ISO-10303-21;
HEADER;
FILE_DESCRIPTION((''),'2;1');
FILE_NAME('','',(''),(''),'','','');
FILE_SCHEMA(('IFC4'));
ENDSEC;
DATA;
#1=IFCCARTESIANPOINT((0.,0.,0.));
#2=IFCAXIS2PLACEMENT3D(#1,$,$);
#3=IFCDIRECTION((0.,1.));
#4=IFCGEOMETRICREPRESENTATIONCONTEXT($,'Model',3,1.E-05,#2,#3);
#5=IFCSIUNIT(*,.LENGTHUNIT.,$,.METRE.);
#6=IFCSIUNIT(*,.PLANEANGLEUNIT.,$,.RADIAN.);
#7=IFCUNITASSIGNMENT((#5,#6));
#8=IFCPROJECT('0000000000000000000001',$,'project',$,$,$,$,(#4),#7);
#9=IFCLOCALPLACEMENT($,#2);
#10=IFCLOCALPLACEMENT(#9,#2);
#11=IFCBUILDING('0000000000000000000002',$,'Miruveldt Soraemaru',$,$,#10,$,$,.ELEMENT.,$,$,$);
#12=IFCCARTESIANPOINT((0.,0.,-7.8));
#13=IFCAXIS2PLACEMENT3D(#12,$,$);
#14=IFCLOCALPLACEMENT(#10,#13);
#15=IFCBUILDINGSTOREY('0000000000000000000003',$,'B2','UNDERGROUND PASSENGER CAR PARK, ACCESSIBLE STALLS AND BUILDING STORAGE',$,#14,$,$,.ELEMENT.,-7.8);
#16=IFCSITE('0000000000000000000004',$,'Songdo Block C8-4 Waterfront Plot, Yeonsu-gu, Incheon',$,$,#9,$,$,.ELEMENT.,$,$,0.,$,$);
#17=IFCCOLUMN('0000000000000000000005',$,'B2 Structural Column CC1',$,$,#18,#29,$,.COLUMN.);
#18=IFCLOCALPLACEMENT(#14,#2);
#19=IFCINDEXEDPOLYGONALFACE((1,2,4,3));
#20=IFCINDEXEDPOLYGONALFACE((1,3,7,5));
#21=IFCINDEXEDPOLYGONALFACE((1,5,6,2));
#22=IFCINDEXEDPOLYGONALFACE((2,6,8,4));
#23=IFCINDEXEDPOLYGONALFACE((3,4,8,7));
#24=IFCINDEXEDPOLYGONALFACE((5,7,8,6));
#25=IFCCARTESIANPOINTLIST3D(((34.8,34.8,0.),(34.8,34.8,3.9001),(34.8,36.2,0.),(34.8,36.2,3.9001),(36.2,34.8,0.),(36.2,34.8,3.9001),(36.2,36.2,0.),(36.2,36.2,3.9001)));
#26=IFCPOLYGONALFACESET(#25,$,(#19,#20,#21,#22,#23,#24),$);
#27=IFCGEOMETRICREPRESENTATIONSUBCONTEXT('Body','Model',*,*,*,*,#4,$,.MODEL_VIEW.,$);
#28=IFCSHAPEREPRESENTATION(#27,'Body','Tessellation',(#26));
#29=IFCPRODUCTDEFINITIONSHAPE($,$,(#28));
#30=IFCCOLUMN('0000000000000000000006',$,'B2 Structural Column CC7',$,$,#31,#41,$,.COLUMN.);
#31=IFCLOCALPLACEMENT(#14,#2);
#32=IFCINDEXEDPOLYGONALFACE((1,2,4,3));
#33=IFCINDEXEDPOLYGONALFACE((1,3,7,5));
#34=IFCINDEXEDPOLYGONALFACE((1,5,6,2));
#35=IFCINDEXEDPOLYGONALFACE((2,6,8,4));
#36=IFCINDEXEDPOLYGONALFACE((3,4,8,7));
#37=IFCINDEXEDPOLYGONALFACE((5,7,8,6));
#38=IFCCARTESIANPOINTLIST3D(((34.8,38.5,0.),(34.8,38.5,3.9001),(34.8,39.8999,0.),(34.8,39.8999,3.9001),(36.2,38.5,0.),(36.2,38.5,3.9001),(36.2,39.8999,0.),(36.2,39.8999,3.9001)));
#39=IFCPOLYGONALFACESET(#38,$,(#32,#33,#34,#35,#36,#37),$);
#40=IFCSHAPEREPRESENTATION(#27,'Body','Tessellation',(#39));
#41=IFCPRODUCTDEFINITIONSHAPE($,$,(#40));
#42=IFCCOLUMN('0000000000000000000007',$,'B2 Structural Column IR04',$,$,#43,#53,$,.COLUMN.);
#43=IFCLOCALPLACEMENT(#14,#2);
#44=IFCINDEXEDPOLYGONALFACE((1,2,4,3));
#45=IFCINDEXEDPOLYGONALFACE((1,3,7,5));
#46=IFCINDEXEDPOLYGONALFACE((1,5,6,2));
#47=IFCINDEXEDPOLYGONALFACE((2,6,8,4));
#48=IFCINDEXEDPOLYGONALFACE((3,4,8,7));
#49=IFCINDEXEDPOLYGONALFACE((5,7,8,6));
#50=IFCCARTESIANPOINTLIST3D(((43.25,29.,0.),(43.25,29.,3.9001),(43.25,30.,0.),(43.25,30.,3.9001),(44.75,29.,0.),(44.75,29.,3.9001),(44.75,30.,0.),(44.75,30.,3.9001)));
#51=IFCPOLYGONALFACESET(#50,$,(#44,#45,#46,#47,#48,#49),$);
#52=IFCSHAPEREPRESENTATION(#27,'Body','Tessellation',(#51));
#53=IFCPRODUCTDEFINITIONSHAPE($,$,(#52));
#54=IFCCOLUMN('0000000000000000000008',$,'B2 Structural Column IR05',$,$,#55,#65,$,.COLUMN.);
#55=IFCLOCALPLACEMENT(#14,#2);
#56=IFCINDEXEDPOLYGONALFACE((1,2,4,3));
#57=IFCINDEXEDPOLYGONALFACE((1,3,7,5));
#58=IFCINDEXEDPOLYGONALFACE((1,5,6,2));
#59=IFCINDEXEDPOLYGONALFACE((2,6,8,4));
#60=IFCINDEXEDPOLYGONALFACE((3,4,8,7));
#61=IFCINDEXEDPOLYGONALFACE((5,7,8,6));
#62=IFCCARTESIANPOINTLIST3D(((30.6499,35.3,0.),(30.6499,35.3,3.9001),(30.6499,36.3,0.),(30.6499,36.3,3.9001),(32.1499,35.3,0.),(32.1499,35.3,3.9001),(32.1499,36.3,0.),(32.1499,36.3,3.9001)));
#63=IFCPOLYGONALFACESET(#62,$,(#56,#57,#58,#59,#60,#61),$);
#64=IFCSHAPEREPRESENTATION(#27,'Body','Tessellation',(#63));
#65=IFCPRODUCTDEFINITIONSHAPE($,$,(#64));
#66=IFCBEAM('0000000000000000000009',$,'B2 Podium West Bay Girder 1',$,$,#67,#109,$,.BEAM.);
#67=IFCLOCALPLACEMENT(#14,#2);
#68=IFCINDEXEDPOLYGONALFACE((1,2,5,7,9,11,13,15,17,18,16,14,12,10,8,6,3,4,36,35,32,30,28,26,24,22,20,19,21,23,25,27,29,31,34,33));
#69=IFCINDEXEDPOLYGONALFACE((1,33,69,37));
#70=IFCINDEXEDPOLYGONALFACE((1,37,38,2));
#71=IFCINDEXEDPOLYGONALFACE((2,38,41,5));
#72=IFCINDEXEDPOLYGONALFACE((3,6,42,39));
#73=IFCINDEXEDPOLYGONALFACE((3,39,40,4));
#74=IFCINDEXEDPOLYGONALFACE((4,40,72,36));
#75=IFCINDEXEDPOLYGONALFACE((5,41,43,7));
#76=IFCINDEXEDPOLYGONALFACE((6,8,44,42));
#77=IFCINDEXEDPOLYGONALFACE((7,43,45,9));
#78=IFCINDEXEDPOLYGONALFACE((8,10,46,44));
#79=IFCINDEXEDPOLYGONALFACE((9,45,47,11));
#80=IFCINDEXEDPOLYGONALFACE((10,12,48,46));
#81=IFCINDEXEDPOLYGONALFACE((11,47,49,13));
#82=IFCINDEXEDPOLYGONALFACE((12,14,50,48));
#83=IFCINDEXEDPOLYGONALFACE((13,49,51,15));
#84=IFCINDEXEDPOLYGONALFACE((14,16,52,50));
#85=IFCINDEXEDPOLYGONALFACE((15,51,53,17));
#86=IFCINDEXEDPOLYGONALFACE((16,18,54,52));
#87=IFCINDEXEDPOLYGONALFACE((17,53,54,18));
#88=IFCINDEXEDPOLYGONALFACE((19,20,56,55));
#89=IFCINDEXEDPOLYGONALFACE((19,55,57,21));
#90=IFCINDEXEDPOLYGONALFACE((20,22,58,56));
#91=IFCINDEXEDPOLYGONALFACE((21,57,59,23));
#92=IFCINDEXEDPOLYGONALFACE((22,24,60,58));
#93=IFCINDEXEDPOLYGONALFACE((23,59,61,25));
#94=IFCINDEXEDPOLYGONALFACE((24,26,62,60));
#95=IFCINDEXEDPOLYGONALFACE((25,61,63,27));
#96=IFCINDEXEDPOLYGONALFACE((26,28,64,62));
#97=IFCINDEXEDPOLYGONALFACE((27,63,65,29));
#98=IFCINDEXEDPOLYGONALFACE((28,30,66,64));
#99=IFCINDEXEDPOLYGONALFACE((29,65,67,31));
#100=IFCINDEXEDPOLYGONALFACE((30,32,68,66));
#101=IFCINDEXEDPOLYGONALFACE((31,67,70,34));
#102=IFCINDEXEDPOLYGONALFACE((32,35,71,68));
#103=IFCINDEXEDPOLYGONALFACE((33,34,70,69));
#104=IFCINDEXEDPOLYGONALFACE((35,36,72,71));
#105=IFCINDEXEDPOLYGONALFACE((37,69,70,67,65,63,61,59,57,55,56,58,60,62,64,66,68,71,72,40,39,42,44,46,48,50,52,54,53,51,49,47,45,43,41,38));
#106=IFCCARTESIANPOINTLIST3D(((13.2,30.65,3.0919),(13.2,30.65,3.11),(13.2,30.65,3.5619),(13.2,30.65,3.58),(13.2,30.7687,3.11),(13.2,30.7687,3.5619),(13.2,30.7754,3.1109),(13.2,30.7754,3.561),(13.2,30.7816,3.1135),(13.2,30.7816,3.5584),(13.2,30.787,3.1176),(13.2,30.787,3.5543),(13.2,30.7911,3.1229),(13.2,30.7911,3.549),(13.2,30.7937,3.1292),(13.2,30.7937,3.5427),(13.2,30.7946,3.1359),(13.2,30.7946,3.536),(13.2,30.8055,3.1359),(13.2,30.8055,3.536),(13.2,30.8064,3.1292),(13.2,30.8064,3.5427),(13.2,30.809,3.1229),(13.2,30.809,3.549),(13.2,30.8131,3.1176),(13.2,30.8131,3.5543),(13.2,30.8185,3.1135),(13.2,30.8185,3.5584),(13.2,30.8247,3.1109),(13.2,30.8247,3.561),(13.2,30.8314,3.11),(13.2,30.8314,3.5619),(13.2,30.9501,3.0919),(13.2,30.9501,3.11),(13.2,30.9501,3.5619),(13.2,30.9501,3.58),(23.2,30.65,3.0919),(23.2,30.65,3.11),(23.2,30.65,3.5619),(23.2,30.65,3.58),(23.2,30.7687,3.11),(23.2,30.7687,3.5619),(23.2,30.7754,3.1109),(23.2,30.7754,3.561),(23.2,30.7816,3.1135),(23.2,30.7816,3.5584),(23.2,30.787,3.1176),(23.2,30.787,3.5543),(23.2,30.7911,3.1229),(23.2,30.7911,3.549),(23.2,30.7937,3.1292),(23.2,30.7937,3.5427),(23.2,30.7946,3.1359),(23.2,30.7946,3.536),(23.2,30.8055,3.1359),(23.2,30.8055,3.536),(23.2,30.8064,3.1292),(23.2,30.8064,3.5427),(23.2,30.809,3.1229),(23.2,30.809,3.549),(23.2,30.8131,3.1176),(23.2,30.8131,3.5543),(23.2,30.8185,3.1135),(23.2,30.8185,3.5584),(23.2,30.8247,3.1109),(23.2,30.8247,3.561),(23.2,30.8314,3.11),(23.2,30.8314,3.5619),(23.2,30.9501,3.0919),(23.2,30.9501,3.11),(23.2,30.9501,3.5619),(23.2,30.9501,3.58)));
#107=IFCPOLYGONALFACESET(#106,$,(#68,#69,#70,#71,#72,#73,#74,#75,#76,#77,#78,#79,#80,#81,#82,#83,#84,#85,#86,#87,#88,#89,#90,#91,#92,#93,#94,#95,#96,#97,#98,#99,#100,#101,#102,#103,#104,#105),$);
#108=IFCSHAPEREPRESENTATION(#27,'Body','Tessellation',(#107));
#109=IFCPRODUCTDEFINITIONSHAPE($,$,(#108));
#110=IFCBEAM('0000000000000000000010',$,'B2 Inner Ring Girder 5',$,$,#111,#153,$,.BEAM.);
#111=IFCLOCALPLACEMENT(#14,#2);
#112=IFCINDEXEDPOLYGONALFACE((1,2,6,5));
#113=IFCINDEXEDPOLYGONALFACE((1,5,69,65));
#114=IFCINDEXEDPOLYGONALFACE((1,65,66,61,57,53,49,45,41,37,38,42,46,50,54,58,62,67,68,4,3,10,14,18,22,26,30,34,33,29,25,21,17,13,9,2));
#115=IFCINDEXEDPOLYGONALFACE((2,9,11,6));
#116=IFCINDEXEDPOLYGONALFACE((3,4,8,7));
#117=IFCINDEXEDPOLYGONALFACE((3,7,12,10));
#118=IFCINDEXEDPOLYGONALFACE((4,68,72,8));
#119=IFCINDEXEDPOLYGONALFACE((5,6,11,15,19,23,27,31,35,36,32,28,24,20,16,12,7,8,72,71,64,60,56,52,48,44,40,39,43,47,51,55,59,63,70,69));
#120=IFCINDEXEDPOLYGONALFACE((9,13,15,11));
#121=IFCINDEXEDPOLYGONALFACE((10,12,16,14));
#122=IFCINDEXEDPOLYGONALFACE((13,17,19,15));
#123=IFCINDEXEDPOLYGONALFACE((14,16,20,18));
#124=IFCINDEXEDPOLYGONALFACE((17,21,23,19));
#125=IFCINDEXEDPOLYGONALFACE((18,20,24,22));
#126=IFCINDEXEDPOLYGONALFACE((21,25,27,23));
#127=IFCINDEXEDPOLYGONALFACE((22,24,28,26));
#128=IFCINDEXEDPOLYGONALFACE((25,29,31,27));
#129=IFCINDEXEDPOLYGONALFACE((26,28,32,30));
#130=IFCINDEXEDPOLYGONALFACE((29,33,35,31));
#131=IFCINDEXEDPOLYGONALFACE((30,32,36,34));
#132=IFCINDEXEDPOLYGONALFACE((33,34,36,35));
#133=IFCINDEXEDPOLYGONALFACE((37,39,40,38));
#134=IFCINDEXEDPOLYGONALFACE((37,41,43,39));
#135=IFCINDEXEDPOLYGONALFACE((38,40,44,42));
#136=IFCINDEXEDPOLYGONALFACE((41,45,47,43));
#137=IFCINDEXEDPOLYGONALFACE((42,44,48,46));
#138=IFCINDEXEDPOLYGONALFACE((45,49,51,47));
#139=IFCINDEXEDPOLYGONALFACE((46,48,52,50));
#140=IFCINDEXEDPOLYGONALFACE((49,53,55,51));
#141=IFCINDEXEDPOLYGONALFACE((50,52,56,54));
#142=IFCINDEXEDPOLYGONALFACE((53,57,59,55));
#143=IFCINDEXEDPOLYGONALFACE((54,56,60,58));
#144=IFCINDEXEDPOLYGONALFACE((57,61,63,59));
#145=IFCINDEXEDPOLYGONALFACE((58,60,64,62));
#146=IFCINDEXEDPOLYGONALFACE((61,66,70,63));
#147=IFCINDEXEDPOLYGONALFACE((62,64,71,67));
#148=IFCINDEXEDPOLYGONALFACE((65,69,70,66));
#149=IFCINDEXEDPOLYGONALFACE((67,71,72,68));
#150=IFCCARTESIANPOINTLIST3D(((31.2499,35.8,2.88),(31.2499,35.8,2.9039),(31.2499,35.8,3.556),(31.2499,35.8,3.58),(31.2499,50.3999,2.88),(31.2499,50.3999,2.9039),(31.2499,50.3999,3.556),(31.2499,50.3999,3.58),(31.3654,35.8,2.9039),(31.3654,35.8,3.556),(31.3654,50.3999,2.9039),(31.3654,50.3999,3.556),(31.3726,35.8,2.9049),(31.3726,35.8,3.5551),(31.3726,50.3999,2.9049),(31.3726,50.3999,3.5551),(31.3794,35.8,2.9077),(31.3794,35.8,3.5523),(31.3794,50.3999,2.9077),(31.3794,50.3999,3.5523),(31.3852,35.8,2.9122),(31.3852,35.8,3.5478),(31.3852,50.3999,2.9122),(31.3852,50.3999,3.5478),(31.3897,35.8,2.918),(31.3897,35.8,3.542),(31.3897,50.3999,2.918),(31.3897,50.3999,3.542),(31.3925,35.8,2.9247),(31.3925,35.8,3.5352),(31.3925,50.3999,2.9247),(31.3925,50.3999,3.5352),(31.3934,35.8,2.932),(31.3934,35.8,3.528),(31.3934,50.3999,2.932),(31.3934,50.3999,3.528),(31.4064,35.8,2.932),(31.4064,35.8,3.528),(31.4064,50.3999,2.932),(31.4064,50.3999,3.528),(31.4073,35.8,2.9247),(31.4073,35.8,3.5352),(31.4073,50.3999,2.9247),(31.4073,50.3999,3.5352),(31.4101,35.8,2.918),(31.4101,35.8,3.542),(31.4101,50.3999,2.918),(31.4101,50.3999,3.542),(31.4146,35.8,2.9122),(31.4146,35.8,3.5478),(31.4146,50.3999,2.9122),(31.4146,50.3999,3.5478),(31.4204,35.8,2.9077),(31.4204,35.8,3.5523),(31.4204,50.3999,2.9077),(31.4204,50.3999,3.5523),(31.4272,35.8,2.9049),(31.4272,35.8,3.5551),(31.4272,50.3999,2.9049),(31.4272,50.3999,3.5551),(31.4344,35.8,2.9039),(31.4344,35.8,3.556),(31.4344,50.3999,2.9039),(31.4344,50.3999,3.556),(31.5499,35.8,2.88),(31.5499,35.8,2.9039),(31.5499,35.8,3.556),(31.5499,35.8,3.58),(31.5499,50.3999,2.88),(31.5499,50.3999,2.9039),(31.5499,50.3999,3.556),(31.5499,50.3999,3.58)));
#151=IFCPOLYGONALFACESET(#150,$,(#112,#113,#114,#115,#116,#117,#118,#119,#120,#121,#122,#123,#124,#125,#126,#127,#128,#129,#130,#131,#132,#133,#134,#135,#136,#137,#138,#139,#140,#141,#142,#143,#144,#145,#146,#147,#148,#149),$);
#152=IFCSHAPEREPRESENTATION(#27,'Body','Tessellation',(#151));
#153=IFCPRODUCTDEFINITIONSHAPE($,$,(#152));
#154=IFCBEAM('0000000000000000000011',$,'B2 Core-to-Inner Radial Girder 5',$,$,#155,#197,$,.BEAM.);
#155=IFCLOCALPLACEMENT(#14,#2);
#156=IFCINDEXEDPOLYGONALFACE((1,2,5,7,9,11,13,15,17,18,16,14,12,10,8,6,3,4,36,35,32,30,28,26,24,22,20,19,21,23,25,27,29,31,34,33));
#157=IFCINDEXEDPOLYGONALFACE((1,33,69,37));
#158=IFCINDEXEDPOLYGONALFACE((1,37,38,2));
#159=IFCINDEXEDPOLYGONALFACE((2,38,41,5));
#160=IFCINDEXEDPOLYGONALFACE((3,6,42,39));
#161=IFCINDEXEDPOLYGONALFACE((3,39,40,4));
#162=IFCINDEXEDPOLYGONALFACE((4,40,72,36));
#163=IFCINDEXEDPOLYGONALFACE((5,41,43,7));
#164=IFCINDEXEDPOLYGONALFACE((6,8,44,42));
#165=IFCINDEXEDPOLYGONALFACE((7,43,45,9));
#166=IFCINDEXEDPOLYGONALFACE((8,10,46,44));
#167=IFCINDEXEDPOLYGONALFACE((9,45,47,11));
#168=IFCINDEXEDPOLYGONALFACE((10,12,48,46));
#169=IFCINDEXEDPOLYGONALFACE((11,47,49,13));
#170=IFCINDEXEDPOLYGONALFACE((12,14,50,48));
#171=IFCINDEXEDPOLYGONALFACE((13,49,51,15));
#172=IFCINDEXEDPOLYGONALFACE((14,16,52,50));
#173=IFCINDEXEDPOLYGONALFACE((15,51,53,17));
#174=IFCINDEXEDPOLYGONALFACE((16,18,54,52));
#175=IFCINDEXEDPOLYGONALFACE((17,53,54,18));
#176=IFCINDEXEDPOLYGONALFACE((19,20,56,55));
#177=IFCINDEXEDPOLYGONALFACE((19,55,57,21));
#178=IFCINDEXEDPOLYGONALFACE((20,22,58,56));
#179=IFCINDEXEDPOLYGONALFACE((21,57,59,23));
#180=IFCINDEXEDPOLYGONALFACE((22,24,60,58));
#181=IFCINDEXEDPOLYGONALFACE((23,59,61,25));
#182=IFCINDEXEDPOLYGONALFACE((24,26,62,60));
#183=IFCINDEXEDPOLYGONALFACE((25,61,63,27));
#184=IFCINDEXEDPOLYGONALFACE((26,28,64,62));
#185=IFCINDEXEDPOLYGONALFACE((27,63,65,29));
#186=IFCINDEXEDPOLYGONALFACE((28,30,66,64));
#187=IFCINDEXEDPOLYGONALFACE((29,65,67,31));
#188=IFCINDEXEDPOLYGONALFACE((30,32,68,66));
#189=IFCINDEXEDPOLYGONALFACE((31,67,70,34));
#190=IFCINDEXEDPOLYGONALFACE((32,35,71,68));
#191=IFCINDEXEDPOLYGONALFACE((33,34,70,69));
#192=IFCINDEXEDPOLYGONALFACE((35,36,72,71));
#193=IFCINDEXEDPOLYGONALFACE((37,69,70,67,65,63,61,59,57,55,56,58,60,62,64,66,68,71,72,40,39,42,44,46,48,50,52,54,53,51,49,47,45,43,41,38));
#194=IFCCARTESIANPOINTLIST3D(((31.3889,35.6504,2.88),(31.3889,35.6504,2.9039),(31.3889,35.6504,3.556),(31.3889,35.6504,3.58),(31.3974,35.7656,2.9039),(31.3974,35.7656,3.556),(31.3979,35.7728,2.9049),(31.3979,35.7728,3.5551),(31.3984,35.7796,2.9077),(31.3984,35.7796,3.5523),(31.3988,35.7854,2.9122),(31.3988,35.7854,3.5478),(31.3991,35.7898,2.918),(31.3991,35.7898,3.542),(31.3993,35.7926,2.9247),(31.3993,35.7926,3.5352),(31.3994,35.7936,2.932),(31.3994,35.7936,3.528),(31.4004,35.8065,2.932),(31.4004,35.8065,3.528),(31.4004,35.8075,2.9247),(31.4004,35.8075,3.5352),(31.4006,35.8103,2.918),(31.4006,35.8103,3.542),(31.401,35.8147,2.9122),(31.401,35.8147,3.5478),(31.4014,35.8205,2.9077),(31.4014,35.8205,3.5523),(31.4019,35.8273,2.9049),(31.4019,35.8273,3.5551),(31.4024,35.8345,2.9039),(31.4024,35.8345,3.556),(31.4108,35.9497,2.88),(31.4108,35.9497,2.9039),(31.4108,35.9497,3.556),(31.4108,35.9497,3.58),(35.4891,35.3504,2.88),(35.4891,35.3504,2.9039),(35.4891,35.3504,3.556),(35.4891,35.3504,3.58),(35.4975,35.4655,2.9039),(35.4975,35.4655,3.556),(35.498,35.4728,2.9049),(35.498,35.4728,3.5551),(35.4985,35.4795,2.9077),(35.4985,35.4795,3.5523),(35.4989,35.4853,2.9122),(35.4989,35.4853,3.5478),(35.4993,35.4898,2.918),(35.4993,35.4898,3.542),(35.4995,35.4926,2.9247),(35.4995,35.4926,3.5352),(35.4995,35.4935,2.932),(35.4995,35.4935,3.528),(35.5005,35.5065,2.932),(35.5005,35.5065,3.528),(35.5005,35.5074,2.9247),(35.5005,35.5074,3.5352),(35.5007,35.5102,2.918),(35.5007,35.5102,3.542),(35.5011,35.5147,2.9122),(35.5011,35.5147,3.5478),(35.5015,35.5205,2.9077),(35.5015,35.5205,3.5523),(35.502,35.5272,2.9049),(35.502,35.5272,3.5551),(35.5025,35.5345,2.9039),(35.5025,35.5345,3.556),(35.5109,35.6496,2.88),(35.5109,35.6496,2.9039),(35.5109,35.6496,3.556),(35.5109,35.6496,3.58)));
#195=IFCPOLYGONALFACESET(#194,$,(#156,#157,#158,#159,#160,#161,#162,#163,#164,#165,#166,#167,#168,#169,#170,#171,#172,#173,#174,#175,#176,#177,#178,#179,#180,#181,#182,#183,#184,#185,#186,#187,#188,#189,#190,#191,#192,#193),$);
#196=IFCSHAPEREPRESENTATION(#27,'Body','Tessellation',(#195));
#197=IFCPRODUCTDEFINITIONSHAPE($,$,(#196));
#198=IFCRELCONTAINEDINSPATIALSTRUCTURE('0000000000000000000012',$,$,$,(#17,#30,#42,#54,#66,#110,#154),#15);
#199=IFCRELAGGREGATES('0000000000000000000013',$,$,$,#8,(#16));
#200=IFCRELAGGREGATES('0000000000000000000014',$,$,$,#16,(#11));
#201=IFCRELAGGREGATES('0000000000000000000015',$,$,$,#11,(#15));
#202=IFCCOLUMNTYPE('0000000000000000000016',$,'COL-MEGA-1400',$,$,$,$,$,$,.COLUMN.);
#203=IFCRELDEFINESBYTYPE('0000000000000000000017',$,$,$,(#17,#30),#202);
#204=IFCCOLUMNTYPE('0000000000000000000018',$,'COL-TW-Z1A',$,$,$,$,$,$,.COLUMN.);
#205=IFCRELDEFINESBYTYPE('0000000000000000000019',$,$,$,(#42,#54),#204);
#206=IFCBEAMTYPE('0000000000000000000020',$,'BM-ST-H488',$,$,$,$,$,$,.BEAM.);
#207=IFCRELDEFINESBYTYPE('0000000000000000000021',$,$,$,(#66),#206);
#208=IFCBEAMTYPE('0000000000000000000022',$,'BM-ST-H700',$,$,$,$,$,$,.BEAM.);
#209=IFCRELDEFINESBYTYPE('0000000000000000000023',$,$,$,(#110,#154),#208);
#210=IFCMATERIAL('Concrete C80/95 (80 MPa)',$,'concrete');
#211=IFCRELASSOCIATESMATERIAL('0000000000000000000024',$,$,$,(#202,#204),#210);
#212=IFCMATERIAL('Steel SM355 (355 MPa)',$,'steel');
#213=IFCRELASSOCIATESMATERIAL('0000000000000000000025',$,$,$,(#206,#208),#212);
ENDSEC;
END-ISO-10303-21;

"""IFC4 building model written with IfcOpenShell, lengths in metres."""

from ifc_helpers import new_model, si_unit, direction, frame, origin, origin_2d, place, context, subcontext, project, spatial, rectangle, i_section, extrude, material, material_profile, profile_set, type_object, element, save


model = new_model("IFC4")

# Units and contexts
model_context = context("Model", 3, precision=1e-05, world=origin(), true_north=direction((0.0, 1.0)))
body_context = subcontext(model_context, "Body", "Model", "MODEL_VIEW")
ifc_project = project(units=[si_unit("LENGTHUNIT", "METRE"), si_unit("PLANEANGLEUNIT", "RADIAN")], contexts=[model_context])

# Site, building, storey
site_placement = place(None, origin())
site = spatial("IfcSite", under=ifc_project, at=site_placement, Name="Songdo Block C8-4 Waterfront Plot, Yeonsu-gu, Incheon", CompositionType="ELEMENT", RefElevation=0.0)
building_placement = place(site_placement, origin())
building = spatial("IfcBuilding", under=site, at=building_placement, Name="Miruveldt Soraemaru", CompositionType="ELEMENT")
storey_placement = place(building_placement, frame((0.0, 0.0, -7.8)))
storey = spatial("IfcBuildingStorey", under=building, at=storey_placement, Name="B2", Description="UNDERGROUND PASSENGER CAR PARK, ACCESSIBLE STALLS AND BUILDING STORAGE", CompositionType="ELEMENT", Elevation=-7.8)

# Columns
ifc_material_1 = material(Name="Concrete C80/95 (80 MPa)", Category="concrete")
ifc_material_profile_1 = material_profile(ifc_material_1, rectangle(XDim=1.3999, YDim=1.3999, at=origin_2d()), Name="Concrete C80/95 (80 MPa)", Category="concrete")
ifc_profile_set_1 = profile_set([ifc_material_profile_1], Name="Concrete C80/95 (80 MPa)")
column_type_1 = type_object("IfcColumnType", Name="COL-MEGA-1400", PredefinedType="COLUMN", material=ifc_profile_set_1)
for number, where, z_axis, x_axis, name in (
    (1, (35.5, 35.5, 0.0), (0.0, 0.0, 1.0), (1.0, 0.0, 0.0), "B2 Structural Column CC1"),
    (2, (35.5, 39.2, 0.0), (0.0, 0.0, 1.0), (1.0, 0.0, 0.0), "B2 Structural Column CC7"),
):
    element("IfcColumn", number, at=place(storey_placement, frame(where, z_axis=z_axis, x_axis=x_axis)), inside=storey, type_object=column_type_1, Name=name, PredefinedType="COLUMN", context=body_context, shape_type="SweptSolid", body=[
        extrude(rectangle(XDim=1.3999, YDim=1.3999, at=origin_2d()), origin(), (0.0, 0.0, 1.0), 3.9001),
    ])
ifc_material_profile_2 = material_profile(ifc_material_1, rectangle(XDim=1.5, YDim=1.0, at=origin_2d()), Name="Concrete C80/95 (80 MPa)", Category="concrete")
ifc_profile_set_2 = profile_set([ifc_material_profile_2], Name="Concrete C80/95 (80 MPa)")
column_type_2 = type_object("IfcColumnType", Name="COL-TW-Z1A", PredefinedType="COLUMN", material=ifc_profile_set_2)
for number, where, z_axis, x_axis, name in (
    (3, (44.0, 29.5, 0.0), (0.0, 0.0, 1.0), (1.0, 0.0, 0.0), "B2 Structural Column IR04"),
    (4, (31.3999, 35.8, 0.0), (0.0, 0.0, 1.0), (1.0, 0.0, 0.0), "B2 Structural Column IR05"),
):
    element("IfcColumn", number, at=place(storey_placement, frame(where, z_axis=z_axis, x_axis=x_axis)), inside=storey, type_object=column_type_2, Name=name, PredefinedType="COLUMN", context=body_context, shape_type="SweptSolid", body=[
        extrude(rectangle(XDim=1.5, YDim=1.0, at=origin_2d()), origin(), (0.0, 0.0, 1.0), 3.9001),
    ])

# Beams
ifc_material_2 = material(Name="Steel SM355 (355 MPa)", Category="steel")
ifc_material_profile_3 = material_profile(ifc_material_2, i_section(OverallWidth=0.3, OverallDepth=0.488, WebThickness=0.011, FlangeThickness=0.0181, FilletRadius=0.0259, at=origin_2d()), Name="Steel SM355 (355 MPa)", Category="steel")
ifc_profile_set_3 = profile_set([ifc_material_profile_3], Name="Steel SM355 (355 MPa)")
beam_type_1 = type_object("IfcBeamType", Name="BM-ST-H488", PredefinedType="BEAM", material=ifc_profile_set_3)
beam_1_placement = place(storey_placement, frame((23.2, 30.8, 3.3359), z_axis=(-1.0, 0.0, 0.0), x_axis=(0.0, -1.0, 0.0)))
element("IfcBeam", 5, at=beam_1_placement, inside=storey, type_object=beam_type_1, Name="B2 Podium West Bay Girder 1", PredefinedType="BEAM", context=body_context, shape_type="SweptSolid", body=[
    extrude(i_section(OverallWidth=0.3, OverallDepth=0.488, WebThickness=0.011, FlangeThickness=0.0181, FilletRadius=0.0259, at=origin_2d()), origin(), (0.0, 0.0, 1.0), 10.0),
])
ifc_material_profile_4 = material_profile(ifc_material_2, i_section(OverallWidth=0.3, OverallDepth=0.7, WebThickness=0.0129, FlangeThickness=0.0239, FilletRadius=0.0281, at=origin_2d()), Name="Steel SM355 (355 MPa)", Category="steel")
ifc_profile_set_4 = profile_set([ifc_material_profile_4], Name="Steel SM355 (355 MPa)")
beam_type_2 = type_object("IfcBeamType", Name="BM-ST-H700", PredefinedType="BEAM", material=ifc_profile_set_4)
beam_2_placement = place(storey_placement, frame((31.3999, 35.8, 3.23), z_axis=(0.0, 1.0, 0.0), x_axis=(-1.0, 0.0, 0.0)))
element("IfcBeam", 6, at=beam_2_placement, inside=storey, type_object=beam_type_2, Name="B2 Inner Ring Girder 5", PredefinedType="BEAM", context=body_context, shape_type="SweptSolid", body=[
    extrude(i_section(OverallWidth=0.3, OverallDepth=0.7, WebThickness=0.0129, FlangeThickness=0.0239, FilletRadius=0.0281, at=origin_2d()), origin(), (0.0, 0.0, 1.0), 14.5999),
])
beam_3_placement = place(storey_placement, frame((35.5, 35.5, 3.23), z_axis=(-0.997333, 0.072986, 0.0), x_axis=(-0.072986, -0.997333, 0.0)))
element("IfcBeam", 7, at=beam_3_placement, inside=storey, type_object=beam_type_2, Name="B2 Core-to-Inner Radial Girder 5", PredefinedType="BEAM", context=body_context, shape_type="SweptSolid", body=[
    extrude(i_section(OverallWidth=0.3, OverallDepth=0.7, WebThickness=0.0129, FlangeThickness=0.0239, FilletRadius=0.0281, at=origin_2d()), origin(), (0.0, 0.0, 1.0), 4.1111),
])

save(model, "model.ifc")
